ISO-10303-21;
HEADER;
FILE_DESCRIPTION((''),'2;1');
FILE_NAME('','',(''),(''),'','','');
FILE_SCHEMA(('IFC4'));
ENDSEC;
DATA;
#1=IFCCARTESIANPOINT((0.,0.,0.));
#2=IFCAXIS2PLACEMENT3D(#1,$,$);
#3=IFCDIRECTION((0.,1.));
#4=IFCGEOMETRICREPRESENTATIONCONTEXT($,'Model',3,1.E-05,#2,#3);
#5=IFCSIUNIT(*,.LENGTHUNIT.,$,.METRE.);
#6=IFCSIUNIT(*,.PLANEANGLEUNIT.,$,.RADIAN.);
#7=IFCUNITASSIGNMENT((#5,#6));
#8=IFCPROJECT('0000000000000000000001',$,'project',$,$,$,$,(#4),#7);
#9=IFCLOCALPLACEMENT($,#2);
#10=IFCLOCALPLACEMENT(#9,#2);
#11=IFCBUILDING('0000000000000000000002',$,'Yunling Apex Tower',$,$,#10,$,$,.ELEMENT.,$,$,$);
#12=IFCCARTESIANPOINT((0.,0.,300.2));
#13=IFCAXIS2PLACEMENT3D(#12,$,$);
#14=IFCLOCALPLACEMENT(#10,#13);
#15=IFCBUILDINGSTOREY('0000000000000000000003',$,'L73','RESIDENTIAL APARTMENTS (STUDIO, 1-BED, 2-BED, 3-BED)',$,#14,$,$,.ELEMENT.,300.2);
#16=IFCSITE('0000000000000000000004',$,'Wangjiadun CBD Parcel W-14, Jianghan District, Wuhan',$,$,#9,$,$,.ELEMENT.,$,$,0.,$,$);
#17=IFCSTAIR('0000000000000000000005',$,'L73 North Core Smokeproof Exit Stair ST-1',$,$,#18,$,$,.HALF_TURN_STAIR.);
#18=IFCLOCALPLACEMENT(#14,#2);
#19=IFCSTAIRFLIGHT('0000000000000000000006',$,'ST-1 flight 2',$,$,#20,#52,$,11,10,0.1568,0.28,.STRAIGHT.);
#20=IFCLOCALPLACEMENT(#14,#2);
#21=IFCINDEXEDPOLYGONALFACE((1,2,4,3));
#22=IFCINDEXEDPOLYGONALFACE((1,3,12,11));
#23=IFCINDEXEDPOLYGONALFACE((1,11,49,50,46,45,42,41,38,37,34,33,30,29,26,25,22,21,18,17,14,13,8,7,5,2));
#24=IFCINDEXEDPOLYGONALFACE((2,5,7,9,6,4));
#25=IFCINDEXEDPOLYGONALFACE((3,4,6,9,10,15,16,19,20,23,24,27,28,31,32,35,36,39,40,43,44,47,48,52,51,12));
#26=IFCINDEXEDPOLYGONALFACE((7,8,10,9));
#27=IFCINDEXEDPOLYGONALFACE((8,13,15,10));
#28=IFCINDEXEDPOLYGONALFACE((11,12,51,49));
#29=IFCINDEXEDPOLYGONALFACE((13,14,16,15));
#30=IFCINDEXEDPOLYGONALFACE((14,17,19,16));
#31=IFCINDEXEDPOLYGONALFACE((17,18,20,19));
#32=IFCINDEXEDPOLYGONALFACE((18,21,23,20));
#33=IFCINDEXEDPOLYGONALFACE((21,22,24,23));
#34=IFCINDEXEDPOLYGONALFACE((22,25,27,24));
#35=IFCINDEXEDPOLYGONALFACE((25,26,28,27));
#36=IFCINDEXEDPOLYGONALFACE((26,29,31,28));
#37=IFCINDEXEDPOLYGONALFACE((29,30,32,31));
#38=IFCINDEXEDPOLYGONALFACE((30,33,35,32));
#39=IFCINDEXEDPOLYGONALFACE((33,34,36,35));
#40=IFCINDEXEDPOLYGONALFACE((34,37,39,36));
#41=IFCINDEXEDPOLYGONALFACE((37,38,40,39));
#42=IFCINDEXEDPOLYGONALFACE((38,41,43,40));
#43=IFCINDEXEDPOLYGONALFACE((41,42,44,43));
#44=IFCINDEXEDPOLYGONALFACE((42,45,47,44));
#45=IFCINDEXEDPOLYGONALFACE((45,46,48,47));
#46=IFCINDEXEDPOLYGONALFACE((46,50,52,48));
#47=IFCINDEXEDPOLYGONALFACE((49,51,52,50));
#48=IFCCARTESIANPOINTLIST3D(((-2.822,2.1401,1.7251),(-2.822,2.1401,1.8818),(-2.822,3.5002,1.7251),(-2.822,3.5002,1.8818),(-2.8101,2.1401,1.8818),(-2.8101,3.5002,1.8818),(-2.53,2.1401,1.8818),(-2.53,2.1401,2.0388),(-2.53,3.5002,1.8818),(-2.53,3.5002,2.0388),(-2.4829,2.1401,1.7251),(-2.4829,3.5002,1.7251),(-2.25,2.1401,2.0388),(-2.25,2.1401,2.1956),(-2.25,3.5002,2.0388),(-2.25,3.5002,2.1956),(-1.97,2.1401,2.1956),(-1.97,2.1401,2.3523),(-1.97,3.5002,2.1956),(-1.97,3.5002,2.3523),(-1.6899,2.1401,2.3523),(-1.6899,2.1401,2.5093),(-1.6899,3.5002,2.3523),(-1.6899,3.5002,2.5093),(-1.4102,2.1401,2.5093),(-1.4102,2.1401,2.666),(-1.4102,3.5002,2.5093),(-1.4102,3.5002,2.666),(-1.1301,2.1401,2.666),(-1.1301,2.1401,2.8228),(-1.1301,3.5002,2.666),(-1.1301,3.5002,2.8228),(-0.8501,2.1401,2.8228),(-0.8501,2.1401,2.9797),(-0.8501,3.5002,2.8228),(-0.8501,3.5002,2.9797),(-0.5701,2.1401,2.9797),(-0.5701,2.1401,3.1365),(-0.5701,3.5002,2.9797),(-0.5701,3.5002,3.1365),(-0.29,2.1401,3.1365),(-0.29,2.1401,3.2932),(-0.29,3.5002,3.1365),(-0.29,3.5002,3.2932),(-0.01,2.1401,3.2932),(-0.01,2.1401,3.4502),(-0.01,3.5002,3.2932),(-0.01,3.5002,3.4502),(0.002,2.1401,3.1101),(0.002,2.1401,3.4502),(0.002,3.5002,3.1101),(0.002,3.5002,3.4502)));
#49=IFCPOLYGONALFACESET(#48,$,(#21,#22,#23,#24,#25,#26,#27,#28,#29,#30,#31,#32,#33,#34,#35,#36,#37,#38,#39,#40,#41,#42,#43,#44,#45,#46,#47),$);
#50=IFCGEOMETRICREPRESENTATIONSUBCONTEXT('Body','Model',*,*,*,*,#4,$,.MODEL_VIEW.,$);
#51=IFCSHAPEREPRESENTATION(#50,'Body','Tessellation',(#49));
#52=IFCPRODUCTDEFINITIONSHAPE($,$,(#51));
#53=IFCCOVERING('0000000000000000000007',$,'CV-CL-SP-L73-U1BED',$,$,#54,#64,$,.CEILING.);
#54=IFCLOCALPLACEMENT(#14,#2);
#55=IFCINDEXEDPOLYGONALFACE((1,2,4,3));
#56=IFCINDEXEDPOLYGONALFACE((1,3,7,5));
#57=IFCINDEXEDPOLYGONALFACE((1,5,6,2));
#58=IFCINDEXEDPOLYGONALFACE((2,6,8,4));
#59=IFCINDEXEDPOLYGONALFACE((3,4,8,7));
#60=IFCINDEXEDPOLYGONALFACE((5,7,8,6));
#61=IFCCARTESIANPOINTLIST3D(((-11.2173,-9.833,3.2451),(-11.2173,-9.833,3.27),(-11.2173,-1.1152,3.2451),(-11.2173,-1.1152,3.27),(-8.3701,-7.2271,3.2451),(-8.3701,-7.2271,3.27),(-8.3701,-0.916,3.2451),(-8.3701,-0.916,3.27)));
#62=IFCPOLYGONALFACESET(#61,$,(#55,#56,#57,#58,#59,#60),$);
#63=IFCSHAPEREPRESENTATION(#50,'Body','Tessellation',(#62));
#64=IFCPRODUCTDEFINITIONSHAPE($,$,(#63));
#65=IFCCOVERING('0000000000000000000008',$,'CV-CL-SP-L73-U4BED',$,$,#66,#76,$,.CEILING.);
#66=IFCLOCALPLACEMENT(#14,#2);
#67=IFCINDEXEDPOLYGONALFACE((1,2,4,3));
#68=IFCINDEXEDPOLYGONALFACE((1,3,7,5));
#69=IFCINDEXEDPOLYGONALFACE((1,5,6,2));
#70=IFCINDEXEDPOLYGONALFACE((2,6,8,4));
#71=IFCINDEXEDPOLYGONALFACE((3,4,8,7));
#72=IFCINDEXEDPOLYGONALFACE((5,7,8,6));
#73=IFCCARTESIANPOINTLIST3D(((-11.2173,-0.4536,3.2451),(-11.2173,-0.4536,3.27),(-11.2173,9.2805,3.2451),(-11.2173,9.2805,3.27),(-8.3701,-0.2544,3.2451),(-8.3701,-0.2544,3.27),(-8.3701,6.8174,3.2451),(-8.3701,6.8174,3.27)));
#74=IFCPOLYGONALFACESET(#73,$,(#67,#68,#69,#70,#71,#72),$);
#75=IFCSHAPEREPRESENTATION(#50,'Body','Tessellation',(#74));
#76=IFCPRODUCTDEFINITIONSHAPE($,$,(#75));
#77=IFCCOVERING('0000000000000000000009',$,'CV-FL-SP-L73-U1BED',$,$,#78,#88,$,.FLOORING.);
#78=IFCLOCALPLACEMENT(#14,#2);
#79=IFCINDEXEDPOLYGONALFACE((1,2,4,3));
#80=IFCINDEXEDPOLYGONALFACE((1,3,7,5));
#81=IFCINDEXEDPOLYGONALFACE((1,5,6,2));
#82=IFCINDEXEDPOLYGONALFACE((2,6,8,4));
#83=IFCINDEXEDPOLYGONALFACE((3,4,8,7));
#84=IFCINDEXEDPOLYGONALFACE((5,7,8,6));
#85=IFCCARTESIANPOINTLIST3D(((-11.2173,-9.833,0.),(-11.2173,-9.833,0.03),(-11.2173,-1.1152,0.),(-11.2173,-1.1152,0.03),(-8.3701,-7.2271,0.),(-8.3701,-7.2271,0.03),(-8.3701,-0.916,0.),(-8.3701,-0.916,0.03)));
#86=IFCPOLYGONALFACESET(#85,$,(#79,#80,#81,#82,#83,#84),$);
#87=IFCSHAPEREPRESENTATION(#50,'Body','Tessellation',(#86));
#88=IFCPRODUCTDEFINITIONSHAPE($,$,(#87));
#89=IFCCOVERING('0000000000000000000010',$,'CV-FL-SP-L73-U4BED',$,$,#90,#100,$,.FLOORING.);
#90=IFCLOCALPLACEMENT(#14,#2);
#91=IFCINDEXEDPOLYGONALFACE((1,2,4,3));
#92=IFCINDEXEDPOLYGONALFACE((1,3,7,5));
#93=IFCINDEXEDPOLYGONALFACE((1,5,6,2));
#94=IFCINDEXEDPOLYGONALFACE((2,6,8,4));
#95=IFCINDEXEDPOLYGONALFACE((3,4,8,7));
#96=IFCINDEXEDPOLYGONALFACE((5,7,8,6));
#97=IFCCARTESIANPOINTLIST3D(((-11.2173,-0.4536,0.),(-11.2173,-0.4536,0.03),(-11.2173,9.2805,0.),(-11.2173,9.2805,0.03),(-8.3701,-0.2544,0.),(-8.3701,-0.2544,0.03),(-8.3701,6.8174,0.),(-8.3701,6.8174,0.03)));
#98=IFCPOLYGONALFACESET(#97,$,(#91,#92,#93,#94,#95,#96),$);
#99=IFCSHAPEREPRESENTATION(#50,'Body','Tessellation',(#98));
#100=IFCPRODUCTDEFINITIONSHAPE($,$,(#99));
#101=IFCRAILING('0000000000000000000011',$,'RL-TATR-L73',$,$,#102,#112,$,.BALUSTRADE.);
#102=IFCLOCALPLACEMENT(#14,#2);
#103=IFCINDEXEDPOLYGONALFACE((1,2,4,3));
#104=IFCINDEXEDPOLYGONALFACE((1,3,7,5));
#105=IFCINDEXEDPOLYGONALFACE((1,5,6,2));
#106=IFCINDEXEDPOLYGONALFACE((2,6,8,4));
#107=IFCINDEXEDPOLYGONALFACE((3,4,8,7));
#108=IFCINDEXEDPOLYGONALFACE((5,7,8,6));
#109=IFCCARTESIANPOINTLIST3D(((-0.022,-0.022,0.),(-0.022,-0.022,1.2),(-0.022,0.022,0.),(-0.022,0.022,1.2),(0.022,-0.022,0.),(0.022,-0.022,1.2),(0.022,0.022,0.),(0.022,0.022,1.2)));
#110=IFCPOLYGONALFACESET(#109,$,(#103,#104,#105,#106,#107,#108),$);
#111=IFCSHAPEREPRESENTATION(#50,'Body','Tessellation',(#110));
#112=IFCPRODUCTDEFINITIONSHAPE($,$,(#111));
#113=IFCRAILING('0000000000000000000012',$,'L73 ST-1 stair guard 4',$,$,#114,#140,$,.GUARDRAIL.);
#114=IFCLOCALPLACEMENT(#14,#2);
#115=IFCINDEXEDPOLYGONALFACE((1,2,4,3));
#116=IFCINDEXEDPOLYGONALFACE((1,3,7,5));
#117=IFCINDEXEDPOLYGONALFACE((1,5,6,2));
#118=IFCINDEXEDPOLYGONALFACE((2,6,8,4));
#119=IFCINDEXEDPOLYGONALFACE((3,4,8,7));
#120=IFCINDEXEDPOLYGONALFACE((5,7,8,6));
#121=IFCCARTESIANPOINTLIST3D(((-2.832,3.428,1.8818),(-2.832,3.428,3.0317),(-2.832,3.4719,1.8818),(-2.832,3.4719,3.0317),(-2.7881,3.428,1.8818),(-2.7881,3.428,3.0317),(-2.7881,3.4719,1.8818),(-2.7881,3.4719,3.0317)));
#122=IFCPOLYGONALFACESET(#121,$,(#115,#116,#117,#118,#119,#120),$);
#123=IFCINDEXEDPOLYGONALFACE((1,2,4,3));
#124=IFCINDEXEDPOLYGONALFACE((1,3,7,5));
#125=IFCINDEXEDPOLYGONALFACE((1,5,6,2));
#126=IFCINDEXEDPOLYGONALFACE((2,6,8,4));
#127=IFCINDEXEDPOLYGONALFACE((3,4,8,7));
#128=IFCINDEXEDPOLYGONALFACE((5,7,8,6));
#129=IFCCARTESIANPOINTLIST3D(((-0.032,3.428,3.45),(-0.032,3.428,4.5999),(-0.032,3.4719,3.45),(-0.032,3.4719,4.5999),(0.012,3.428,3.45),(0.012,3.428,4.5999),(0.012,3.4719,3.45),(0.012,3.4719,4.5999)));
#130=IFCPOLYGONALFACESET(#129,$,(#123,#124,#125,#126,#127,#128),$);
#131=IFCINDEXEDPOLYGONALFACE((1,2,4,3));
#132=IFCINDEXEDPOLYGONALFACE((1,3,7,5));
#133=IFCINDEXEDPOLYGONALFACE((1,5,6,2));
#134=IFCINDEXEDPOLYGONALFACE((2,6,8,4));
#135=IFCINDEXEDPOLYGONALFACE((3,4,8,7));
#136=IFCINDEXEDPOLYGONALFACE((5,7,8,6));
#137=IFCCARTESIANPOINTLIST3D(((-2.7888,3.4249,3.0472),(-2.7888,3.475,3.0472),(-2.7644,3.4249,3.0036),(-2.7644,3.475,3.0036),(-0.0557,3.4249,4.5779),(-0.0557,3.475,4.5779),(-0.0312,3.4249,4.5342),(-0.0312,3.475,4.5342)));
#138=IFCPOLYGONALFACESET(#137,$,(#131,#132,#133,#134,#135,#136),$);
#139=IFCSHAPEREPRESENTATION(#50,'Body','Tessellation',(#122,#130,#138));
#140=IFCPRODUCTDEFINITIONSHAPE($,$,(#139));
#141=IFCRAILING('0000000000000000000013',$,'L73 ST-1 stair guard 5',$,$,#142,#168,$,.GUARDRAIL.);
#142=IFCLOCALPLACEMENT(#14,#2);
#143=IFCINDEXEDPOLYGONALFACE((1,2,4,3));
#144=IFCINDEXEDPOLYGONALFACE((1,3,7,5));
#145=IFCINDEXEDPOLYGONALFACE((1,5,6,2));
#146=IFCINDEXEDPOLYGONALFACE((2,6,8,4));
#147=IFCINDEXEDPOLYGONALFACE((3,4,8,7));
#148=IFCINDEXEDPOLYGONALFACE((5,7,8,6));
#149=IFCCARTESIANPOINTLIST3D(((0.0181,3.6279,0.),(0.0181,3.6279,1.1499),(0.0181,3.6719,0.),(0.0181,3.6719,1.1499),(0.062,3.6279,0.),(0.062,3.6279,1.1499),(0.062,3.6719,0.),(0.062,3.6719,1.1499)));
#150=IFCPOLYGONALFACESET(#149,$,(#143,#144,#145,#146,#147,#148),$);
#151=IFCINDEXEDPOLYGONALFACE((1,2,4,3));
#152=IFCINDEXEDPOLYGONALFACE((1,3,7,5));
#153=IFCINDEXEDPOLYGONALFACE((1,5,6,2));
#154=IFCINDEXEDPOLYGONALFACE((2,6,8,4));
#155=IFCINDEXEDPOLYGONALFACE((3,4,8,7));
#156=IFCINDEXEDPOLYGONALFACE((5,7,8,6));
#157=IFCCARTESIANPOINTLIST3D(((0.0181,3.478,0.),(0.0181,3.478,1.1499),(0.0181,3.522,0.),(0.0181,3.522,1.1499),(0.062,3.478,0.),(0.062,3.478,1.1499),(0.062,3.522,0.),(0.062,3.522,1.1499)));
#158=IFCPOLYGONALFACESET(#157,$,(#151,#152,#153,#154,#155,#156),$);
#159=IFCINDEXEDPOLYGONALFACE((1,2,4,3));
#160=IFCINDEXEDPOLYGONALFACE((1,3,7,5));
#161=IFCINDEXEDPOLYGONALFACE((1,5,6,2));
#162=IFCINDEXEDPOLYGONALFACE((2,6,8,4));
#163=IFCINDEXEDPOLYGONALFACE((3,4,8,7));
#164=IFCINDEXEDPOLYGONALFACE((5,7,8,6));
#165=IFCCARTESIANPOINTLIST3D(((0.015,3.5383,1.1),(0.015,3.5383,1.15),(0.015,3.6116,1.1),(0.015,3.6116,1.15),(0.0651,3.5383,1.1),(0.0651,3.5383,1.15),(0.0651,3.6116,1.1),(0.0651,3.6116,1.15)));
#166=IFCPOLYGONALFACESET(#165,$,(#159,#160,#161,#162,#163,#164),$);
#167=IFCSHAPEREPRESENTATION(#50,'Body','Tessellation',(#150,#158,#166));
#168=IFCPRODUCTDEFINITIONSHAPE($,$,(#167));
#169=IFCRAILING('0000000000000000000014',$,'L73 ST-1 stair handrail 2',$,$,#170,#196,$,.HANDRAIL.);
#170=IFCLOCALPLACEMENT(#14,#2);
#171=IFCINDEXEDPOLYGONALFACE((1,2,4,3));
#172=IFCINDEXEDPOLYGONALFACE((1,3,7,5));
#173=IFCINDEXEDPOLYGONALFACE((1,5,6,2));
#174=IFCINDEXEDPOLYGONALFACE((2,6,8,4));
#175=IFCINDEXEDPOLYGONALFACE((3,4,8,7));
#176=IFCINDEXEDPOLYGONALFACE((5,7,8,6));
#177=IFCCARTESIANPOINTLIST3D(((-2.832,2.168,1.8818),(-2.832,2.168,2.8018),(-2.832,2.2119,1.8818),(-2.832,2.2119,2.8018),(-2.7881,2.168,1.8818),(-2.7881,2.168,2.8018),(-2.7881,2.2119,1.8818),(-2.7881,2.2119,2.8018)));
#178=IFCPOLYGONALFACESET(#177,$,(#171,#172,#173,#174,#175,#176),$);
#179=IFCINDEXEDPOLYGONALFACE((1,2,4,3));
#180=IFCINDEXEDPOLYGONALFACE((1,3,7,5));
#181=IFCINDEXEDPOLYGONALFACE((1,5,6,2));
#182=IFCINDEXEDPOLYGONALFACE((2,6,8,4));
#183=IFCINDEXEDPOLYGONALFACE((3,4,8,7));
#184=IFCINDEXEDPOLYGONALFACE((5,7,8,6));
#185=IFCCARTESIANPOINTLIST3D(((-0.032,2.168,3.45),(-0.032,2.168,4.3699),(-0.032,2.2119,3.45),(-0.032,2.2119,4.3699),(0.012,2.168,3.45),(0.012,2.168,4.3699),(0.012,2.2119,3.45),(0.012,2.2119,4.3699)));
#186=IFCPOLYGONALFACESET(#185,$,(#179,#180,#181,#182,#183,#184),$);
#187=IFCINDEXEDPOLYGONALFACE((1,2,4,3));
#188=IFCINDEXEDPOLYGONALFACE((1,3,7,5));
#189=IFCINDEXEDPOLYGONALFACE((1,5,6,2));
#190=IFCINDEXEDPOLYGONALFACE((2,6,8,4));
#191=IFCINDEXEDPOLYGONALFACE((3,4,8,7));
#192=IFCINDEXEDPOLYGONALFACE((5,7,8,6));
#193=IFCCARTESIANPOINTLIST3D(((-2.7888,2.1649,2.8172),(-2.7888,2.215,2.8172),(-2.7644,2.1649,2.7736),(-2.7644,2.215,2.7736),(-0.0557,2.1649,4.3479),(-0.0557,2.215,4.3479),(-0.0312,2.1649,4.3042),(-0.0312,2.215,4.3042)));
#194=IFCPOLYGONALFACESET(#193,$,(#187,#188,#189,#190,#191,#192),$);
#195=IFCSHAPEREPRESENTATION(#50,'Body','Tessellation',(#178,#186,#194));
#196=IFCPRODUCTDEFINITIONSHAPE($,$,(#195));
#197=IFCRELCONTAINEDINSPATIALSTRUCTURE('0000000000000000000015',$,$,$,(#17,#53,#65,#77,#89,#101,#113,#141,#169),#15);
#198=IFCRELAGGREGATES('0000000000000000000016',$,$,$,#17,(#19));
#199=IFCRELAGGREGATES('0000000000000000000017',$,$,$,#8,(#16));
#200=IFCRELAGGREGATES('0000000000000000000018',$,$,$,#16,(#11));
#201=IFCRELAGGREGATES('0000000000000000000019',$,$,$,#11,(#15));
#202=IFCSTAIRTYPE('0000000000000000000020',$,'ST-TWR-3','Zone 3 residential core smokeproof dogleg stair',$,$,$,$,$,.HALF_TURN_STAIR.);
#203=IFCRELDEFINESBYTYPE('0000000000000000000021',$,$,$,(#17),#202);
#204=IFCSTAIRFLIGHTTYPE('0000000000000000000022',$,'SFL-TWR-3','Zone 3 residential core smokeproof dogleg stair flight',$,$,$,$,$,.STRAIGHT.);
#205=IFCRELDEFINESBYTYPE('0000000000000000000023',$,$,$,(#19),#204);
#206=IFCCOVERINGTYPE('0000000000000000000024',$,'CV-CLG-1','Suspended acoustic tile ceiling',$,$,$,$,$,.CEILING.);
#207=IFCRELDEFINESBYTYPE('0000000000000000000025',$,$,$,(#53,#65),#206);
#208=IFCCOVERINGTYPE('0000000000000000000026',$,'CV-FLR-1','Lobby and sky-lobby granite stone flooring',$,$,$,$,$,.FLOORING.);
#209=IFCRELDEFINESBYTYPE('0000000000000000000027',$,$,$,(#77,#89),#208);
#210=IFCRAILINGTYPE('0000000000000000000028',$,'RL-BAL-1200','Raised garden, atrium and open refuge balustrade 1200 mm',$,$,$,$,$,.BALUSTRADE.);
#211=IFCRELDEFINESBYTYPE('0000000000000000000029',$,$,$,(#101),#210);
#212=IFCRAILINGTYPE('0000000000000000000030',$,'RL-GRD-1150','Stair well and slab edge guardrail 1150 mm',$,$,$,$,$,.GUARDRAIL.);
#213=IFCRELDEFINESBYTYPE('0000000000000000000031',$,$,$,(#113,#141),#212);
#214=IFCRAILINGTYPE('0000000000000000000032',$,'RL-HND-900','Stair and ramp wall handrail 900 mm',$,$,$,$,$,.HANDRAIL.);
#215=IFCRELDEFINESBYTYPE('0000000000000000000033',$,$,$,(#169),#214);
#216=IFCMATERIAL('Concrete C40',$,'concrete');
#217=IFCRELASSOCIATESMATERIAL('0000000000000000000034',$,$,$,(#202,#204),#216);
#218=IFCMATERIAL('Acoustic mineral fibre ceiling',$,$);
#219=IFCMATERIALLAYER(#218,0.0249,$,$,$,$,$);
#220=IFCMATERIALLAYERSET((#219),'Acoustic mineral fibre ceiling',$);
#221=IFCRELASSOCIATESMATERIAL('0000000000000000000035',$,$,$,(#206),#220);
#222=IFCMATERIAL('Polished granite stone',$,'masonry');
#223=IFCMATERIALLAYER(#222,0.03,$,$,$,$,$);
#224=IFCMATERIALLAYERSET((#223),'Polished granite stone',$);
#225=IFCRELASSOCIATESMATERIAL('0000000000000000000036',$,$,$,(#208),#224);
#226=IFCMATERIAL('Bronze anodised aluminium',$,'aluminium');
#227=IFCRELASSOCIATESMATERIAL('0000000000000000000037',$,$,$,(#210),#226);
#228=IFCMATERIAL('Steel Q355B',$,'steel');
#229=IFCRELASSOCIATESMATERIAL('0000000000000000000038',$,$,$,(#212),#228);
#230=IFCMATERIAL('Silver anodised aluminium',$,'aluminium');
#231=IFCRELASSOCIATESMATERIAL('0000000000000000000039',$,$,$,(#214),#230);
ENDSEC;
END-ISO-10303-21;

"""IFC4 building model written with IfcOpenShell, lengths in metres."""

from ifc_helpers import new_model, si_unit, direction, frame, origin, origin_2d, place, context, subcontext, project, spatial, polyline, rectangle, outline, extrude, material, layer, layer_set, type_object, element, aggregate, save


model = new_model("IFC4")

# Units and contexts
model_context = context("Model", 3, precision=1e-05, world=origin(), true_north=direction((0.0, 1.0)))
body_context = subcontext(model_context, "Body", "Model", "MODEL_VIEW")
ifc_project = project(units=[si_unit("LENGTHUNIT", "METRE"), si_unit("PLANEANGLEUNIT", "RADIAN")], contexts=[model_context])

# Site, building, storey
site_placement = place(None, origin())
site = spatial("IfcSite", under=ifc_project, at=site_placement, Name="Wangjiadun CBD Parcel W-14, Jianghan District, Wuhan", CompositionType="ELEMENT", RefElevation=0.0)
building_placement = place(site_placement, origin())
building = spatial("IfcBuilding", under=site, at=building_placement, Name="Yunling Apex Tower", CompositionType="ELEMENT")
storey_placement = place(building_placement, frame((0.0, 0.0, 300.2)))
storey = spatial("IfcBuildingStorey", under=building, at=storey_placement, Name="L73", Description="RESIDENTIAL APARTMENTS (STUDIO, 1-BED, 2-BED, 3-BED)", CompositionType="ELEMENT", Elevation=300.2)

# Shared definitions
ifc_material_1 = material(Name="Concrete C40", Category="concrete")

# Stair
stair_type = type_object("IfcStairType", Name="ST-TWR-3", Description="Zone 3 residential core smokeproof dogleg stair", PredefinedType="HALF_TURN_STAIR", material=ifc_material_1)
stair_1_placement = place(storey_placement, origin())
stair_1 = element("IfcStair", 1, at=stair_1_placement, inside=storey, type_object=stair_type, Name="L73 North Core Smokeproof Exit Stair ST-1", PredefinedType="HALF_TURN_STAIR")

# Shared definitions
ifc_material_2 = material(Name="Steel Q355B", Category="steel")

# Stair flight
stair_flight_type = type_object("IfcStairFlightType", Name="SFL-TWR-3", Description="Zone 3 residential core smokeproof dogleg stair flight", PredefinedType="STRAIGHT", material=ifc_material_1)
stair_flight_placement = place(storey_placement, frame((-2.8101, 2.8201, 1.7251), z_axis=(0.0, 0.0, 1.0), x_axis=(1.0, 0.0, 0.0)))
stair_flight = element("IfcStairFlight", 2, at=stair_flight_placement, type_object=stair_flight_type, Name="ST-1 flight 2", NumberOfRisers=11, NumberOfTreads=10, PredefinedType="STRAIGHT", RiserHeight=0.1568, TreadLength=0.28, context=body_context, shape_type="SweptSolid", body=[
    extrude(outline(polyline([(-0.012, 0.0), (-0.012, 0.1567), (0.0, 0.1567), (0.28, 0.1567), (0.28, 0.3137), (0.5601, 0.3137), (0.5601, 0.4705), (0.8401, 0.4705), (0.8401, 0.6272), (1.1201, 0.6272), (1.1201, 0.7842), (1.3999, 0.7842), (1.3999, 0.9409), (1.6799, 0.9409), (1.6799, 1.0977), (1.96, 1.0977), (1.96, 1.2546), (2.24, 1.2546), (2.24, 1.4114), (2.52, 1.4114), (2.52, 1.5681), (2.8, 1.5681), (2.8, 1.7251), (2.812, 1.7251), (2.812, 1.385), (0.3271, 0.0), (-0.012, 0.0)])), frame((0.0, 0.6802, 0.0), z_axis=(0.0, -1.0, 0.0), x_axis=(1.0, 0.0, 0.0)), (0.0, 0.0, 1.0), 1.3601),
])
aggregate(stair_1, [stair_flight])

# Coverings
ifc_material_3 = material(Name="Acoustic mineral fibre ceiling")
ifc_layer_1 = layer(ifc_material_3, 0.0249)
ifc_layer_set_1 = layer_set([ifc_layer_1], Name="Acoustic mineral fibre ceiling")
covering_type_1 = type_object("IfcCoveringType", Name="CV-CLG-1", Description="Suspended acoustic tile ceiling", PredefinedType="CEILING", material=ifc_layer_set_1)
covering_1_placement = place(storey_placement, frame((0.0, 0.0, 3.2451)))
element("IfcCovering", 3, at=covering_1_placement, inside=storey, type_object=covering_type_1, Name="CV-CL-SP-L73-U1BED", PredefinedType="CEILING", context=body_context, shape_type="SweptSolid", body=[
    extrude(outline(polyline([(-11.2173, -9.833), (-11.2173, -1.1152), (-8.3701, -0.916), (-8.3701, -7.2271), (-11.2173, -9.833)])), origin(), (0.0, 0.0, 1.0), 0.0249),
])
covering_2_placement = place(storey_placement, frame((0.0, 0.0, 3.2451)))
element("IfcCovering", 4, at=covering_2_placement, inside=storey, type_object=covering_type_1, Name="CV-CL-SP-L73-U4BED", PredefinedType="CEILING", context=body_context, shape_type="SweptSolid", body=[
    extrude(outline(polyline([(-8.3701, 6.8174), (-8.3701, -0.2544), (-11.2173, -0.4536), (-11.2173, 9.2805), (-8.3701, 6.8174)])), origin(), (0.0, 0.0, 1.0), 0.0249),
])
ifc_material_4 = material(Name="Polished granite stone", Category="masonry")
ifc_layer_2 = layer(ifc_material_4, 0.03)
ifc_layer_set_2 = layer_set([ifc_layer_2], Name="Polished granite stone")
covering_type_2 = type_object("IfcCoveringType", Name="CV-FLR-1", Description="Lobby and sky-lobby granite stone flooring", PredefinedType="FLOORING", material=ifc_layer_set_2)
covering_3_placement = place(storey_placement, origin())
element("IfcCovering", 5, at=covering_3_placement, inside=storey, type_object=covering_type_2, Name="CV-FL-SP-L73-U1BED", PredefinedType="FLOORING", context=body_context, shape_type="SweptSolid", body=[
    extrude(outline(polyline([(-11.2173, -9.833), (-11.2173, -1.1152), (-8.3701, -0.916), (-8.3701, -7.2271), (-11.2173, -9.833)])), origin(), (0.0, 0.0, 1.0), 0.03),
])
covering_4_placement = place(storey_placement, origin())
element("IfcCovering", 6, at=covering_4_placement, inside=storey, type_object=covering_type_2, Name="CV-FL-SP-L73-U4BED", PredefinedType="FLOORING", context=body_context, shape_type="SweptSolid", body=[
    extrude(outline(polyline([(-8.3701, 6.8174), (-8.3701, -0.2544), (-11.2173, -0.4536), (-11.2173, 9.2805), (-8.3701, 6.8174)])), origin(), (0.0, 0.0, 1.0), 0.03),
])

# Railings
ifc_material_5 = material(Name="Bronze anodised aluminium", Category="aluminium")
railing_type_1 = type_object("IfcRailingType", Name="RL-BAL-1200", Description="Raised garden, atrium and open refuge balustrade 1200 mm", PredefinedType="BALUSTRADE", material=ifc_material_5)
railing_1_placement = place(storey_placement, origin())
element("IfcRailing", 7, at=railing_1_placement, inside=storey, type_object=railing_type_1, Name="RL-TATR-L73", PredefinedType="BALUSTRADE", context=body_context, shape_type="SweptSolid", body=[
    extrude(rectangle(XDim=0.0439, YDim=0.0439, at=origin_2d()), origin(), (0.0, 0.0, 1.0), 1.2),
])
railing_type_2 = type_object("IfcRailingType", Name="RL-GRD-1150", Description="Stair well and slab edge guardrail 1150 mm", PredefinedType="GUARDRAIL", material=ifc_material_2)
railing_2_placement = place(storey_placement, frame((-2.8101, 3.45, 1.8818)))
element("IfcRailing", 8, at=railing_2_placement, inside=storey, type_object=railing_type_2, Name="L73 ST-1 stair guard 4", PredefinedType="GUARDRAIL", context=body_context, shape_type="SweptSolid", body=[
    extrude(rectangle(XDim=0.0439, YDim=0.0439, at=origin_2d()), origin(), (0.0, 0.0, 1.0), 1.1499),
    extrude(rectangle(XDim=0.0439, YDim=0.0439, at=origin_2d()), frame((2.8, 0.0, 1.5681)), (0.0, 0.0, 1.0), 1.1499),
    extrude(rectangle(XDim=0.05, YDim=0.05, at=origin_2d()), frame((0.0334, 0.0, 1.1436), z_axis=(0.872494, 0.0, 0.488624), x_axis=(0.0, 1.0, 0.0)), (0.0, 0.0, 1.0), 3.1326),
])
railing_3_placement = place(storey_placement, frame((0.04, 3.6499, 0.0)))
element("IfcRailing", 9, at=railing_3_placement, inside=storey, type_object=railing_type_2, Name="L73 ST-1 stair guard 5", PredefinedType="GUARDRAIL", context=body_context, shape_type="SweptSolid", body=[
    extrude(rectangle(XDim=0.0439, YDim=0.0439, at=origin_2d()), origin(), (0.0, 0.0, 1.0), 1.1499),
    extrude(rectangle(XDim=0.0439, YDim=0.0439, at=origin_2d()), frame((0.0, -0.1499, 0.0)), (0.0, 0.0, 1.0), 1.1499),
    extrude(rectangle(XDim=0.05, YDim=0.05, at=origin_2d()), frame((0.0, -0.0383, 1.125), z_axis=(0.0, -1.0, 0.0), x_axis=(1.0, 0.0, 0.0)), (0.0, 0.0, 1.0), 0.0732),
])
ifc_material_6 = material(Name="Silver anodised aluminium", Category="aluminium")
railing_type_3 = type_object("IfcRailingType", Name="RL-HND-900", Description="Stair and ramp wall handrail 900 mm", PredefinedType="HANDRAIL", material=ifc_material_6)
railing_4_placement = place(storey_placement, frame((-2.8101, 2.1899, 1.8818)))
element("IfcRailing", 10, at=railing_4_placement, inside=storey, type_object=railing_type_3, Name="L73 ST-1 stair handrail 2", PredefinedType="HANDRAIL", context=body_context, shape_type="SweptSolid", body=[
    extrude(rectangle(XDim=0.0439, YDim=0.0439, at=origin_2d()), origin(), (0.0, 0.0, 1.0), 0.9199),
    extrude(rectangle(XDim=0.0439, YDim=0.0439, at=origin_2d()), frame((2.8, 0.0, 1.5681)), (0.0, 0.0, 1.0), 0.9199),
    extrude(rectangle(XDim=0.05, YDim=0.05, at=origin_2d()), frame((0.0334, 0.0, 0.9136), z_axis=(0.872494, 0.0, 0.488624), x_axis=(0.0, 1.0, 0.0)), (0.0, 0.0, 1.0), 3.1326),
])

save(model, "model.ifc")
